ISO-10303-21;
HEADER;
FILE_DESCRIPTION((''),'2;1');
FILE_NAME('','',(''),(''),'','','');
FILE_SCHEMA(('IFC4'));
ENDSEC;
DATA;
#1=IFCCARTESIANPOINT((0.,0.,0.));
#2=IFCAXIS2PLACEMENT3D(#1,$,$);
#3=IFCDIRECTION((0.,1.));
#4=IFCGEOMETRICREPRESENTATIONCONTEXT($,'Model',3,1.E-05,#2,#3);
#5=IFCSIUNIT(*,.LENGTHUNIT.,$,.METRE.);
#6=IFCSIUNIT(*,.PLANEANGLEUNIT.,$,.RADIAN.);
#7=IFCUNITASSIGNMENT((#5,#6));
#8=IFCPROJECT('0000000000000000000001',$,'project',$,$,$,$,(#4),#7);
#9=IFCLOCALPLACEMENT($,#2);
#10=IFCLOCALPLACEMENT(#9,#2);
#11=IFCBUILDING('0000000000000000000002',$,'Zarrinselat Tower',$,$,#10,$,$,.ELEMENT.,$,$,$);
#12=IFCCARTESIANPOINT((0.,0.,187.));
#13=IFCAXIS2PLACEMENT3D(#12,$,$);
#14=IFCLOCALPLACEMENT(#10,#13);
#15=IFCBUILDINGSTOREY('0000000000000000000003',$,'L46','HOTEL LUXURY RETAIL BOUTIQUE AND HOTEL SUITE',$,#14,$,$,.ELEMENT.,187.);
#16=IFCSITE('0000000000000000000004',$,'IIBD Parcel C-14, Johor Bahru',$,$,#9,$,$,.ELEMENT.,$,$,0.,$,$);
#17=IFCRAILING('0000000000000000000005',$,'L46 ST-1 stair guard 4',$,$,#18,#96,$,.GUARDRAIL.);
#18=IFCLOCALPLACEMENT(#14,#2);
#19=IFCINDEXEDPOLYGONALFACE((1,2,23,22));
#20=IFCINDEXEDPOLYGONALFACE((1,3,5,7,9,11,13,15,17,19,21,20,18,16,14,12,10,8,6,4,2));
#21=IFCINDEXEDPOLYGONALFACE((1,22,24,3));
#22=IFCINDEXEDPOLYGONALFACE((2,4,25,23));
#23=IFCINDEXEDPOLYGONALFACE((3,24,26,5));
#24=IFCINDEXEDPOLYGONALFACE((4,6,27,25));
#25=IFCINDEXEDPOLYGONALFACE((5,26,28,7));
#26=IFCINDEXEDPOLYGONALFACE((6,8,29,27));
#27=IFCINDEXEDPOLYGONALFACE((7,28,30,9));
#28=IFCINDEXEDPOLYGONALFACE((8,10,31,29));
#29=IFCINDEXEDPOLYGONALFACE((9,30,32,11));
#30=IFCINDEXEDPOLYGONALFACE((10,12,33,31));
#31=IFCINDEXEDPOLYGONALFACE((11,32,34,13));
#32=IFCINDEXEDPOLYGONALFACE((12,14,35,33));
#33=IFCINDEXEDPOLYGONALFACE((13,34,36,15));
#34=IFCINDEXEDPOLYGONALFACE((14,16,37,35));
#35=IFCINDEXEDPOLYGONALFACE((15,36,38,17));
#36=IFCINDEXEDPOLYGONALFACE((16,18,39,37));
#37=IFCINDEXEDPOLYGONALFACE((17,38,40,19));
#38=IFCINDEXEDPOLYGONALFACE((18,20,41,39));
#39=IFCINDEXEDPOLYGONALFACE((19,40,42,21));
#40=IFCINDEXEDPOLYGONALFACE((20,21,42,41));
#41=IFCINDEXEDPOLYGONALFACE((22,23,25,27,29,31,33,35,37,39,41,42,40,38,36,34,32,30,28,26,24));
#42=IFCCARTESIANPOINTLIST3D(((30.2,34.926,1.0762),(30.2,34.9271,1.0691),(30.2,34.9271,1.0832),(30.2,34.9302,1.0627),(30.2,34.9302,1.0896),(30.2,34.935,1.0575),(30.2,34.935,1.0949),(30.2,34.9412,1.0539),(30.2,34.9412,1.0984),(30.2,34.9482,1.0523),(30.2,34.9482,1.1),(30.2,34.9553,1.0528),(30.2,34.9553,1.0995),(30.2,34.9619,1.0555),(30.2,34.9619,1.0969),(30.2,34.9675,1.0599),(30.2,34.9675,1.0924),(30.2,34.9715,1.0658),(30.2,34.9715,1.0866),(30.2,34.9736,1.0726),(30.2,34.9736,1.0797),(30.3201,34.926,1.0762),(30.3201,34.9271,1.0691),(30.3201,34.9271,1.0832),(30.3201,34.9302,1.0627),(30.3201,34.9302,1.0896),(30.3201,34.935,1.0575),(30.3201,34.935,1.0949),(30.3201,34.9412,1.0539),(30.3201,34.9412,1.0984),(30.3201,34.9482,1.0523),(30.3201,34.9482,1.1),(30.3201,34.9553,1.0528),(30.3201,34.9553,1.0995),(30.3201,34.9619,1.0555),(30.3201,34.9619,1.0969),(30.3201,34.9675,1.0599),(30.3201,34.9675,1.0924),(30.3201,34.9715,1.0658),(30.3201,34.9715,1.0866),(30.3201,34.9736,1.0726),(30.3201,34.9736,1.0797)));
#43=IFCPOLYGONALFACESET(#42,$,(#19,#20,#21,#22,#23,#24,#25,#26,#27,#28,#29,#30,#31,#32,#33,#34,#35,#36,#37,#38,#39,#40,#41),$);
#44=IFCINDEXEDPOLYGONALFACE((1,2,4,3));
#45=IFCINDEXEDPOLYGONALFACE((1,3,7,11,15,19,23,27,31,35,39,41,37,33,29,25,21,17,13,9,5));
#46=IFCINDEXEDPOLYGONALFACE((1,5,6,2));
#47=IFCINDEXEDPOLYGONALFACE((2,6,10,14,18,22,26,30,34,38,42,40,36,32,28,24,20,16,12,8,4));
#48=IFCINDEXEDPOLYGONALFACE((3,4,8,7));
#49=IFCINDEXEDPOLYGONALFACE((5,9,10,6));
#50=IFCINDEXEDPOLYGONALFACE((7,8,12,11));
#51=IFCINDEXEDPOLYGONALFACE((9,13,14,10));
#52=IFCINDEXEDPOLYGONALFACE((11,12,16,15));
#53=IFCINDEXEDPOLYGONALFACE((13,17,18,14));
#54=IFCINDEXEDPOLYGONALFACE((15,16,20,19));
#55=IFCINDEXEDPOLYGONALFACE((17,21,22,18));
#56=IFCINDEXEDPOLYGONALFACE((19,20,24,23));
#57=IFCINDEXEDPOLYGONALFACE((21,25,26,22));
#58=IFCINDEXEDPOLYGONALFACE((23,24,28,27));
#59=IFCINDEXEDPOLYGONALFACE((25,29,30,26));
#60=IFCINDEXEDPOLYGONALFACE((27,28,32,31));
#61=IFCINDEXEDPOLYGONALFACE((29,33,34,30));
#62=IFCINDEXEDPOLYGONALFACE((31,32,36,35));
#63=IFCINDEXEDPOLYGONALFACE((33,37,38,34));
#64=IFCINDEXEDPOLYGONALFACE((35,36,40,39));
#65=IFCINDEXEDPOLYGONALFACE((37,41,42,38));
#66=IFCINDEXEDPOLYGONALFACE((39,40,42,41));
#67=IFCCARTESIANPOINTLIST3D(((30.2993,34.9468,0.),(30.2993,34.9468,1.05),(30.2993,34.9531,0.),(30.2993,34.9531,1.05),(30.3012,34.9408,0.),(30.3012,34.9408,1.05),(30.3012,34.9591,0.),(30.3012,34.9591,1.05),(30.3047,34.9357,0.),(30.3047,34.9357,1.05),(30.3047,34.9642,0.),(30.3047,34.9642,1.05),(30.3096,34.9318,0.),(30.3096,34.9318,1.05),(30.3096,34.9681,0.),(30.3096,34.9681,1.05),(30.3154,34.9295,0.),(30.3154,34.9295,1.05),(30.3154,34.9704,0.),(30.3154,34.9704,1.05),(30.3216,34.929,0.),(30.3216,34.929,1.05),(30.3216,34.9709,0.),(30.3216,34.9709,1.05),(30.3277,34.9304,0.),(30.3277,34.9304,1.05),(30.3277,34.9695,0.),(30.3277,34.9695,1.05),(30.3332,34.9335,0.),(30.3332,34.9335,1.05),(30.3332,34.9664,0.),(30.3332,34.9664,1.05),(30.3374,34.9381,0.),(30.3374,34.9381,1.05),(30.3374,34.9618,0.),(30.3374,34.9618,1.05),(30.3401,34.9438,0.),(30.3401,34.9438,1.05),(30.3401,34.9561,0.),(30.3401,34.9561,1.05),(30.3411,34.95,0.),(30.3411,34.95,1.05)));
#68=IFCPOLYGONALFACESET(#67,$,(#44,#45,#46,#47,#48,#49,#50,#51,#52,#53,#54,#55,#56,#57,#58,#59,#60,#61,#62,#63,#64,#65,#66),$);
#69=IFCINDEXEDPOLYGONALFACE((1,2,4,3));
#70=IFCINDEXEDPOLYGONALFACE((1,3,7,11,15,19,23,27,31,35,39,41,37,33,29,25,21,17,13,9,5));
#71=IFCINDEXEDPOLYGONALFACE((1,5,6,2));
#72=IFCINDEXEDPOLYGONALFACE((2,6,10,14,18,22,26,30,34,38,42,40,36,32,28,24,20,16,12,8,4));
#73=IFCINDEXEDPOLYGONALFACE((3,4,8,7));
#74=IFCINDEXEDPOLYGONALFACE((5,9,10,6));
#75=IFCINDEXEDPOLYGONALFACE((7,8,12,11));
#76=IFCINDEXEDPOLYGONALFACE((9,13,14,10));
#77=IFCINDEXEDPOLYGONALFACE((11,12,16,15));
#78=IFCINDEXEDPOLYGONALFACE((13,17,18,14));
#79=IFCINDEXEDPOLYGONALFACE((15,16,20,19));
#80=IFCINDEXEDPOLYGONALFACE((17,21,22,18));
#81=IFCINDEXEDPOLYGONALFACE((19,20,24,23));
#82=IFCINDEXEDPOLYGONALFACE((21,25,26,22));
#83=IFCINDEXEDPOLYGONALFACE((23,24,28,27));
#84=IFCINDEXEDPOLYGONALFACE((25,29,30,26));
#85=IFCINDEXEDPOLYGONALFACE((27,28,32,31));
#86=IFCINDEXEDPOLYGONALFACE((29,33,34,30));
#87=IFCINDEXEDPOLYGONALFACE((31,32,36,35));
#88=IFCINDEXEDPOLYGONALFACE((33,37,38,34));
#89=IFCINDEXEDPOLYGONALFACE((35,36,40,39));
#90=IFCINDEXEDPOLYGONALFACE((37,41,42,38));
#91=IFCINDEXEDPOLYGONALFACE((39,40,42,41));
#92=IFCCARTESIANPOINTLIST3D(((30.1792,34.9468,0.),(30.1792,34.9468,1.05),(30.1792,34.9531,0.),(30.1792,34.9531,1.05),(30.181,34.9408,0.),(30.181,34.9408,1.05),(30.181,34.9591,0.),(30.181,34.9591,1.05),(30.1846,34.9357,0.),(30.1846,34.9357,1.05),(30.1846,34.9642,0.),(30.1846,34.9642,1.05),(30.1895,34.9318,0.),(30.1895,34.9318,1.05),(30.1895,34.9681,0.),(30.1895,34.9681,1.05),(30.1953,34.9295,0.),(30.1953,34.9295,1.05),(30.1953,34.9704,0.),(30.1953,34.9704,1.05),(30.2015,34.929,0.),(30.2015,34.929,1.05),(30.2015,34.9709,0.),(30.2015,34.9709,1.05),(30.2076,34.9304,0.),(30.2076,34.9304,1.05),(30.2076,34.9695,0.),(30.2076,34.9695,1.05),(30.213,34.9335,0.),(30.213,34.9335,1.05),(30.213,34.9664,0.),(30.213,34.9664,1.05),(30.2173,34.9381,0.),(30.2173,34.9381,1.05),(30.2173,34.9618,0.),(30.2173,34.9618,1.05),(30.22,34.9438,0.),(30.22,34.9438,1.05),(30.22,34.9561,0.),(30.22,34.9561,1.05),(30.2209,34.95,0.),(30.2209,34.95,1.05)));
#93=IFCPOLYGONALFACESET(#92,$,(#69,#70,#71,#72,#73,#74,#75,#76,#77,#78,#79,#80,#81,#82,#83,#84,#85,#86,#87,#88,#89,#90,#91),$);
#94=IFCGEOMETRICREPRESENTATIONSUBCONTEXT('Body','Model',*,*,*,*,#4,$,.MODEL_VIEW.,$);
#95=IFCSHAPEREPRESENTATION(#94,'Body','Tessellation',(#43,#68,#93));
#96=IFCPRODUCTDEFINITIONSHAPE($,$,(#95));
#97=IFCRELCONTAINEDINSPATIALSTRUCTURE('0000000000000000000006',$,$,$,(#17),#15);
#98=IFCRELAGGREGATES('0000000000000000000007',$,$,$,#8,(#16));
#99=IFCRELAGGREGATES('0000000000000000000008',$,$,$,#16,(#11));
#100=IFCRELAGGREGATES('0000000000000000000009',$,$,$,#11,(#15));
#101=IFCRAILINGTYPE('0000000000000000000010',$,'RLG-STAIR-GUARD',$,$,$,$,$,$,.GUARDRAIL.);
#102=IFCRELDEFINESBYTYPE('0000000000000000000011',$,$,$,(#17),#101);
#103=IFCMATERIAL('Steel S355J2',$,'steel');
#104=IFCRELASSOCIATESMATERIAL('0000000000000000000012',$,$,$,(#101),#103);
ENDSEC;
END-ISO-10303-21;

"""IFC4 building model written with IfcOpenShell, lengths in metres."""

from ifc_helpers import new_model, si_unit, direction, frame, origin, origin_2d, place, context, subcontext, project, spatial, circle, extrude, material, type_object, element, save


model = new_model("IFC4")

# Units and contexts
model_context = context("Model", 3, precision=1e-05, world=origin(), true_north=direction((0.0, 1.0)))
body_context = subcontext(model_context, "Body", "Model", "MODEL_VIEW")
ifc_project = project(units=[si_unit("LENGTHUNIT", "METRE"), si_unit("PLANEANGLEUNIT", "RADIAN")], contexts=[model_context])

# Site, building, storey
site_placement = place(None, origin())
site = spatial("IfcSite", under=ifc_project, at=site_placement, Name="IIBD Parcel C-14, Johor Bahru", CompositionType="ELEMENT", RefElevation=0.0)
building_placement = place(site_placement, origin())
building = spatial("IfcBuilding", under=site, at=building_placement, Name="Zarrinselat Tower", CompositionType="ELEMENT")
storey_placement = place(building_placement, frame((0.0, 0.0, 187.0)))
storey = spatial("IfcBuildingStorey", under=building, at=storey_placement, Name="L46", Description="HOTEL LUXURY RETAIL BOUTIQUE AND HOTEL SUITE", CompositionType="ELEMENT", Elevation=187.0)

# Railing
ifc_material_1 = material(Name="Steel S355J2", Category="steel")
railing_type = type_object("IfcRailingType", Name="RLG-STAIR-GUARD", PredefinedType="GUARDRAIL", material=ifc_material_1)
railing_1_placement = place(storey_placement, frame((30.3201, 34.95, 0.0)))
element("IfcRailing", 1, at=railing_1_placement, inside=storey, type_object=railing_type, Name="L46 ST-1 stair guard 4", PredefinedType="GUARDRAIL", context=body_context, shape_type="SweptSolid", body=[
    extrude(circle(Radius=0.0239, at=origin_2d()), frame((0.0, 0.0, 1.0762), z_axis=(-1.0, 0.0, 0.0), x_axis=(0.0, -1.0, 0.0)), (0.0, 0.0, 1.0), 0.1201),
    extrude(circle(Radius=0.021, at=origin_2d()), origin(), (0.0, 0.0, 1.0), 1.05),
    extrude(circle(Radius=0.021, at=origin_2d()), frame((-0.1201, 0.0, 0.0)), (0.0, 0.0, 1.0), 1.05),
])

save(model, "model.ifc")
